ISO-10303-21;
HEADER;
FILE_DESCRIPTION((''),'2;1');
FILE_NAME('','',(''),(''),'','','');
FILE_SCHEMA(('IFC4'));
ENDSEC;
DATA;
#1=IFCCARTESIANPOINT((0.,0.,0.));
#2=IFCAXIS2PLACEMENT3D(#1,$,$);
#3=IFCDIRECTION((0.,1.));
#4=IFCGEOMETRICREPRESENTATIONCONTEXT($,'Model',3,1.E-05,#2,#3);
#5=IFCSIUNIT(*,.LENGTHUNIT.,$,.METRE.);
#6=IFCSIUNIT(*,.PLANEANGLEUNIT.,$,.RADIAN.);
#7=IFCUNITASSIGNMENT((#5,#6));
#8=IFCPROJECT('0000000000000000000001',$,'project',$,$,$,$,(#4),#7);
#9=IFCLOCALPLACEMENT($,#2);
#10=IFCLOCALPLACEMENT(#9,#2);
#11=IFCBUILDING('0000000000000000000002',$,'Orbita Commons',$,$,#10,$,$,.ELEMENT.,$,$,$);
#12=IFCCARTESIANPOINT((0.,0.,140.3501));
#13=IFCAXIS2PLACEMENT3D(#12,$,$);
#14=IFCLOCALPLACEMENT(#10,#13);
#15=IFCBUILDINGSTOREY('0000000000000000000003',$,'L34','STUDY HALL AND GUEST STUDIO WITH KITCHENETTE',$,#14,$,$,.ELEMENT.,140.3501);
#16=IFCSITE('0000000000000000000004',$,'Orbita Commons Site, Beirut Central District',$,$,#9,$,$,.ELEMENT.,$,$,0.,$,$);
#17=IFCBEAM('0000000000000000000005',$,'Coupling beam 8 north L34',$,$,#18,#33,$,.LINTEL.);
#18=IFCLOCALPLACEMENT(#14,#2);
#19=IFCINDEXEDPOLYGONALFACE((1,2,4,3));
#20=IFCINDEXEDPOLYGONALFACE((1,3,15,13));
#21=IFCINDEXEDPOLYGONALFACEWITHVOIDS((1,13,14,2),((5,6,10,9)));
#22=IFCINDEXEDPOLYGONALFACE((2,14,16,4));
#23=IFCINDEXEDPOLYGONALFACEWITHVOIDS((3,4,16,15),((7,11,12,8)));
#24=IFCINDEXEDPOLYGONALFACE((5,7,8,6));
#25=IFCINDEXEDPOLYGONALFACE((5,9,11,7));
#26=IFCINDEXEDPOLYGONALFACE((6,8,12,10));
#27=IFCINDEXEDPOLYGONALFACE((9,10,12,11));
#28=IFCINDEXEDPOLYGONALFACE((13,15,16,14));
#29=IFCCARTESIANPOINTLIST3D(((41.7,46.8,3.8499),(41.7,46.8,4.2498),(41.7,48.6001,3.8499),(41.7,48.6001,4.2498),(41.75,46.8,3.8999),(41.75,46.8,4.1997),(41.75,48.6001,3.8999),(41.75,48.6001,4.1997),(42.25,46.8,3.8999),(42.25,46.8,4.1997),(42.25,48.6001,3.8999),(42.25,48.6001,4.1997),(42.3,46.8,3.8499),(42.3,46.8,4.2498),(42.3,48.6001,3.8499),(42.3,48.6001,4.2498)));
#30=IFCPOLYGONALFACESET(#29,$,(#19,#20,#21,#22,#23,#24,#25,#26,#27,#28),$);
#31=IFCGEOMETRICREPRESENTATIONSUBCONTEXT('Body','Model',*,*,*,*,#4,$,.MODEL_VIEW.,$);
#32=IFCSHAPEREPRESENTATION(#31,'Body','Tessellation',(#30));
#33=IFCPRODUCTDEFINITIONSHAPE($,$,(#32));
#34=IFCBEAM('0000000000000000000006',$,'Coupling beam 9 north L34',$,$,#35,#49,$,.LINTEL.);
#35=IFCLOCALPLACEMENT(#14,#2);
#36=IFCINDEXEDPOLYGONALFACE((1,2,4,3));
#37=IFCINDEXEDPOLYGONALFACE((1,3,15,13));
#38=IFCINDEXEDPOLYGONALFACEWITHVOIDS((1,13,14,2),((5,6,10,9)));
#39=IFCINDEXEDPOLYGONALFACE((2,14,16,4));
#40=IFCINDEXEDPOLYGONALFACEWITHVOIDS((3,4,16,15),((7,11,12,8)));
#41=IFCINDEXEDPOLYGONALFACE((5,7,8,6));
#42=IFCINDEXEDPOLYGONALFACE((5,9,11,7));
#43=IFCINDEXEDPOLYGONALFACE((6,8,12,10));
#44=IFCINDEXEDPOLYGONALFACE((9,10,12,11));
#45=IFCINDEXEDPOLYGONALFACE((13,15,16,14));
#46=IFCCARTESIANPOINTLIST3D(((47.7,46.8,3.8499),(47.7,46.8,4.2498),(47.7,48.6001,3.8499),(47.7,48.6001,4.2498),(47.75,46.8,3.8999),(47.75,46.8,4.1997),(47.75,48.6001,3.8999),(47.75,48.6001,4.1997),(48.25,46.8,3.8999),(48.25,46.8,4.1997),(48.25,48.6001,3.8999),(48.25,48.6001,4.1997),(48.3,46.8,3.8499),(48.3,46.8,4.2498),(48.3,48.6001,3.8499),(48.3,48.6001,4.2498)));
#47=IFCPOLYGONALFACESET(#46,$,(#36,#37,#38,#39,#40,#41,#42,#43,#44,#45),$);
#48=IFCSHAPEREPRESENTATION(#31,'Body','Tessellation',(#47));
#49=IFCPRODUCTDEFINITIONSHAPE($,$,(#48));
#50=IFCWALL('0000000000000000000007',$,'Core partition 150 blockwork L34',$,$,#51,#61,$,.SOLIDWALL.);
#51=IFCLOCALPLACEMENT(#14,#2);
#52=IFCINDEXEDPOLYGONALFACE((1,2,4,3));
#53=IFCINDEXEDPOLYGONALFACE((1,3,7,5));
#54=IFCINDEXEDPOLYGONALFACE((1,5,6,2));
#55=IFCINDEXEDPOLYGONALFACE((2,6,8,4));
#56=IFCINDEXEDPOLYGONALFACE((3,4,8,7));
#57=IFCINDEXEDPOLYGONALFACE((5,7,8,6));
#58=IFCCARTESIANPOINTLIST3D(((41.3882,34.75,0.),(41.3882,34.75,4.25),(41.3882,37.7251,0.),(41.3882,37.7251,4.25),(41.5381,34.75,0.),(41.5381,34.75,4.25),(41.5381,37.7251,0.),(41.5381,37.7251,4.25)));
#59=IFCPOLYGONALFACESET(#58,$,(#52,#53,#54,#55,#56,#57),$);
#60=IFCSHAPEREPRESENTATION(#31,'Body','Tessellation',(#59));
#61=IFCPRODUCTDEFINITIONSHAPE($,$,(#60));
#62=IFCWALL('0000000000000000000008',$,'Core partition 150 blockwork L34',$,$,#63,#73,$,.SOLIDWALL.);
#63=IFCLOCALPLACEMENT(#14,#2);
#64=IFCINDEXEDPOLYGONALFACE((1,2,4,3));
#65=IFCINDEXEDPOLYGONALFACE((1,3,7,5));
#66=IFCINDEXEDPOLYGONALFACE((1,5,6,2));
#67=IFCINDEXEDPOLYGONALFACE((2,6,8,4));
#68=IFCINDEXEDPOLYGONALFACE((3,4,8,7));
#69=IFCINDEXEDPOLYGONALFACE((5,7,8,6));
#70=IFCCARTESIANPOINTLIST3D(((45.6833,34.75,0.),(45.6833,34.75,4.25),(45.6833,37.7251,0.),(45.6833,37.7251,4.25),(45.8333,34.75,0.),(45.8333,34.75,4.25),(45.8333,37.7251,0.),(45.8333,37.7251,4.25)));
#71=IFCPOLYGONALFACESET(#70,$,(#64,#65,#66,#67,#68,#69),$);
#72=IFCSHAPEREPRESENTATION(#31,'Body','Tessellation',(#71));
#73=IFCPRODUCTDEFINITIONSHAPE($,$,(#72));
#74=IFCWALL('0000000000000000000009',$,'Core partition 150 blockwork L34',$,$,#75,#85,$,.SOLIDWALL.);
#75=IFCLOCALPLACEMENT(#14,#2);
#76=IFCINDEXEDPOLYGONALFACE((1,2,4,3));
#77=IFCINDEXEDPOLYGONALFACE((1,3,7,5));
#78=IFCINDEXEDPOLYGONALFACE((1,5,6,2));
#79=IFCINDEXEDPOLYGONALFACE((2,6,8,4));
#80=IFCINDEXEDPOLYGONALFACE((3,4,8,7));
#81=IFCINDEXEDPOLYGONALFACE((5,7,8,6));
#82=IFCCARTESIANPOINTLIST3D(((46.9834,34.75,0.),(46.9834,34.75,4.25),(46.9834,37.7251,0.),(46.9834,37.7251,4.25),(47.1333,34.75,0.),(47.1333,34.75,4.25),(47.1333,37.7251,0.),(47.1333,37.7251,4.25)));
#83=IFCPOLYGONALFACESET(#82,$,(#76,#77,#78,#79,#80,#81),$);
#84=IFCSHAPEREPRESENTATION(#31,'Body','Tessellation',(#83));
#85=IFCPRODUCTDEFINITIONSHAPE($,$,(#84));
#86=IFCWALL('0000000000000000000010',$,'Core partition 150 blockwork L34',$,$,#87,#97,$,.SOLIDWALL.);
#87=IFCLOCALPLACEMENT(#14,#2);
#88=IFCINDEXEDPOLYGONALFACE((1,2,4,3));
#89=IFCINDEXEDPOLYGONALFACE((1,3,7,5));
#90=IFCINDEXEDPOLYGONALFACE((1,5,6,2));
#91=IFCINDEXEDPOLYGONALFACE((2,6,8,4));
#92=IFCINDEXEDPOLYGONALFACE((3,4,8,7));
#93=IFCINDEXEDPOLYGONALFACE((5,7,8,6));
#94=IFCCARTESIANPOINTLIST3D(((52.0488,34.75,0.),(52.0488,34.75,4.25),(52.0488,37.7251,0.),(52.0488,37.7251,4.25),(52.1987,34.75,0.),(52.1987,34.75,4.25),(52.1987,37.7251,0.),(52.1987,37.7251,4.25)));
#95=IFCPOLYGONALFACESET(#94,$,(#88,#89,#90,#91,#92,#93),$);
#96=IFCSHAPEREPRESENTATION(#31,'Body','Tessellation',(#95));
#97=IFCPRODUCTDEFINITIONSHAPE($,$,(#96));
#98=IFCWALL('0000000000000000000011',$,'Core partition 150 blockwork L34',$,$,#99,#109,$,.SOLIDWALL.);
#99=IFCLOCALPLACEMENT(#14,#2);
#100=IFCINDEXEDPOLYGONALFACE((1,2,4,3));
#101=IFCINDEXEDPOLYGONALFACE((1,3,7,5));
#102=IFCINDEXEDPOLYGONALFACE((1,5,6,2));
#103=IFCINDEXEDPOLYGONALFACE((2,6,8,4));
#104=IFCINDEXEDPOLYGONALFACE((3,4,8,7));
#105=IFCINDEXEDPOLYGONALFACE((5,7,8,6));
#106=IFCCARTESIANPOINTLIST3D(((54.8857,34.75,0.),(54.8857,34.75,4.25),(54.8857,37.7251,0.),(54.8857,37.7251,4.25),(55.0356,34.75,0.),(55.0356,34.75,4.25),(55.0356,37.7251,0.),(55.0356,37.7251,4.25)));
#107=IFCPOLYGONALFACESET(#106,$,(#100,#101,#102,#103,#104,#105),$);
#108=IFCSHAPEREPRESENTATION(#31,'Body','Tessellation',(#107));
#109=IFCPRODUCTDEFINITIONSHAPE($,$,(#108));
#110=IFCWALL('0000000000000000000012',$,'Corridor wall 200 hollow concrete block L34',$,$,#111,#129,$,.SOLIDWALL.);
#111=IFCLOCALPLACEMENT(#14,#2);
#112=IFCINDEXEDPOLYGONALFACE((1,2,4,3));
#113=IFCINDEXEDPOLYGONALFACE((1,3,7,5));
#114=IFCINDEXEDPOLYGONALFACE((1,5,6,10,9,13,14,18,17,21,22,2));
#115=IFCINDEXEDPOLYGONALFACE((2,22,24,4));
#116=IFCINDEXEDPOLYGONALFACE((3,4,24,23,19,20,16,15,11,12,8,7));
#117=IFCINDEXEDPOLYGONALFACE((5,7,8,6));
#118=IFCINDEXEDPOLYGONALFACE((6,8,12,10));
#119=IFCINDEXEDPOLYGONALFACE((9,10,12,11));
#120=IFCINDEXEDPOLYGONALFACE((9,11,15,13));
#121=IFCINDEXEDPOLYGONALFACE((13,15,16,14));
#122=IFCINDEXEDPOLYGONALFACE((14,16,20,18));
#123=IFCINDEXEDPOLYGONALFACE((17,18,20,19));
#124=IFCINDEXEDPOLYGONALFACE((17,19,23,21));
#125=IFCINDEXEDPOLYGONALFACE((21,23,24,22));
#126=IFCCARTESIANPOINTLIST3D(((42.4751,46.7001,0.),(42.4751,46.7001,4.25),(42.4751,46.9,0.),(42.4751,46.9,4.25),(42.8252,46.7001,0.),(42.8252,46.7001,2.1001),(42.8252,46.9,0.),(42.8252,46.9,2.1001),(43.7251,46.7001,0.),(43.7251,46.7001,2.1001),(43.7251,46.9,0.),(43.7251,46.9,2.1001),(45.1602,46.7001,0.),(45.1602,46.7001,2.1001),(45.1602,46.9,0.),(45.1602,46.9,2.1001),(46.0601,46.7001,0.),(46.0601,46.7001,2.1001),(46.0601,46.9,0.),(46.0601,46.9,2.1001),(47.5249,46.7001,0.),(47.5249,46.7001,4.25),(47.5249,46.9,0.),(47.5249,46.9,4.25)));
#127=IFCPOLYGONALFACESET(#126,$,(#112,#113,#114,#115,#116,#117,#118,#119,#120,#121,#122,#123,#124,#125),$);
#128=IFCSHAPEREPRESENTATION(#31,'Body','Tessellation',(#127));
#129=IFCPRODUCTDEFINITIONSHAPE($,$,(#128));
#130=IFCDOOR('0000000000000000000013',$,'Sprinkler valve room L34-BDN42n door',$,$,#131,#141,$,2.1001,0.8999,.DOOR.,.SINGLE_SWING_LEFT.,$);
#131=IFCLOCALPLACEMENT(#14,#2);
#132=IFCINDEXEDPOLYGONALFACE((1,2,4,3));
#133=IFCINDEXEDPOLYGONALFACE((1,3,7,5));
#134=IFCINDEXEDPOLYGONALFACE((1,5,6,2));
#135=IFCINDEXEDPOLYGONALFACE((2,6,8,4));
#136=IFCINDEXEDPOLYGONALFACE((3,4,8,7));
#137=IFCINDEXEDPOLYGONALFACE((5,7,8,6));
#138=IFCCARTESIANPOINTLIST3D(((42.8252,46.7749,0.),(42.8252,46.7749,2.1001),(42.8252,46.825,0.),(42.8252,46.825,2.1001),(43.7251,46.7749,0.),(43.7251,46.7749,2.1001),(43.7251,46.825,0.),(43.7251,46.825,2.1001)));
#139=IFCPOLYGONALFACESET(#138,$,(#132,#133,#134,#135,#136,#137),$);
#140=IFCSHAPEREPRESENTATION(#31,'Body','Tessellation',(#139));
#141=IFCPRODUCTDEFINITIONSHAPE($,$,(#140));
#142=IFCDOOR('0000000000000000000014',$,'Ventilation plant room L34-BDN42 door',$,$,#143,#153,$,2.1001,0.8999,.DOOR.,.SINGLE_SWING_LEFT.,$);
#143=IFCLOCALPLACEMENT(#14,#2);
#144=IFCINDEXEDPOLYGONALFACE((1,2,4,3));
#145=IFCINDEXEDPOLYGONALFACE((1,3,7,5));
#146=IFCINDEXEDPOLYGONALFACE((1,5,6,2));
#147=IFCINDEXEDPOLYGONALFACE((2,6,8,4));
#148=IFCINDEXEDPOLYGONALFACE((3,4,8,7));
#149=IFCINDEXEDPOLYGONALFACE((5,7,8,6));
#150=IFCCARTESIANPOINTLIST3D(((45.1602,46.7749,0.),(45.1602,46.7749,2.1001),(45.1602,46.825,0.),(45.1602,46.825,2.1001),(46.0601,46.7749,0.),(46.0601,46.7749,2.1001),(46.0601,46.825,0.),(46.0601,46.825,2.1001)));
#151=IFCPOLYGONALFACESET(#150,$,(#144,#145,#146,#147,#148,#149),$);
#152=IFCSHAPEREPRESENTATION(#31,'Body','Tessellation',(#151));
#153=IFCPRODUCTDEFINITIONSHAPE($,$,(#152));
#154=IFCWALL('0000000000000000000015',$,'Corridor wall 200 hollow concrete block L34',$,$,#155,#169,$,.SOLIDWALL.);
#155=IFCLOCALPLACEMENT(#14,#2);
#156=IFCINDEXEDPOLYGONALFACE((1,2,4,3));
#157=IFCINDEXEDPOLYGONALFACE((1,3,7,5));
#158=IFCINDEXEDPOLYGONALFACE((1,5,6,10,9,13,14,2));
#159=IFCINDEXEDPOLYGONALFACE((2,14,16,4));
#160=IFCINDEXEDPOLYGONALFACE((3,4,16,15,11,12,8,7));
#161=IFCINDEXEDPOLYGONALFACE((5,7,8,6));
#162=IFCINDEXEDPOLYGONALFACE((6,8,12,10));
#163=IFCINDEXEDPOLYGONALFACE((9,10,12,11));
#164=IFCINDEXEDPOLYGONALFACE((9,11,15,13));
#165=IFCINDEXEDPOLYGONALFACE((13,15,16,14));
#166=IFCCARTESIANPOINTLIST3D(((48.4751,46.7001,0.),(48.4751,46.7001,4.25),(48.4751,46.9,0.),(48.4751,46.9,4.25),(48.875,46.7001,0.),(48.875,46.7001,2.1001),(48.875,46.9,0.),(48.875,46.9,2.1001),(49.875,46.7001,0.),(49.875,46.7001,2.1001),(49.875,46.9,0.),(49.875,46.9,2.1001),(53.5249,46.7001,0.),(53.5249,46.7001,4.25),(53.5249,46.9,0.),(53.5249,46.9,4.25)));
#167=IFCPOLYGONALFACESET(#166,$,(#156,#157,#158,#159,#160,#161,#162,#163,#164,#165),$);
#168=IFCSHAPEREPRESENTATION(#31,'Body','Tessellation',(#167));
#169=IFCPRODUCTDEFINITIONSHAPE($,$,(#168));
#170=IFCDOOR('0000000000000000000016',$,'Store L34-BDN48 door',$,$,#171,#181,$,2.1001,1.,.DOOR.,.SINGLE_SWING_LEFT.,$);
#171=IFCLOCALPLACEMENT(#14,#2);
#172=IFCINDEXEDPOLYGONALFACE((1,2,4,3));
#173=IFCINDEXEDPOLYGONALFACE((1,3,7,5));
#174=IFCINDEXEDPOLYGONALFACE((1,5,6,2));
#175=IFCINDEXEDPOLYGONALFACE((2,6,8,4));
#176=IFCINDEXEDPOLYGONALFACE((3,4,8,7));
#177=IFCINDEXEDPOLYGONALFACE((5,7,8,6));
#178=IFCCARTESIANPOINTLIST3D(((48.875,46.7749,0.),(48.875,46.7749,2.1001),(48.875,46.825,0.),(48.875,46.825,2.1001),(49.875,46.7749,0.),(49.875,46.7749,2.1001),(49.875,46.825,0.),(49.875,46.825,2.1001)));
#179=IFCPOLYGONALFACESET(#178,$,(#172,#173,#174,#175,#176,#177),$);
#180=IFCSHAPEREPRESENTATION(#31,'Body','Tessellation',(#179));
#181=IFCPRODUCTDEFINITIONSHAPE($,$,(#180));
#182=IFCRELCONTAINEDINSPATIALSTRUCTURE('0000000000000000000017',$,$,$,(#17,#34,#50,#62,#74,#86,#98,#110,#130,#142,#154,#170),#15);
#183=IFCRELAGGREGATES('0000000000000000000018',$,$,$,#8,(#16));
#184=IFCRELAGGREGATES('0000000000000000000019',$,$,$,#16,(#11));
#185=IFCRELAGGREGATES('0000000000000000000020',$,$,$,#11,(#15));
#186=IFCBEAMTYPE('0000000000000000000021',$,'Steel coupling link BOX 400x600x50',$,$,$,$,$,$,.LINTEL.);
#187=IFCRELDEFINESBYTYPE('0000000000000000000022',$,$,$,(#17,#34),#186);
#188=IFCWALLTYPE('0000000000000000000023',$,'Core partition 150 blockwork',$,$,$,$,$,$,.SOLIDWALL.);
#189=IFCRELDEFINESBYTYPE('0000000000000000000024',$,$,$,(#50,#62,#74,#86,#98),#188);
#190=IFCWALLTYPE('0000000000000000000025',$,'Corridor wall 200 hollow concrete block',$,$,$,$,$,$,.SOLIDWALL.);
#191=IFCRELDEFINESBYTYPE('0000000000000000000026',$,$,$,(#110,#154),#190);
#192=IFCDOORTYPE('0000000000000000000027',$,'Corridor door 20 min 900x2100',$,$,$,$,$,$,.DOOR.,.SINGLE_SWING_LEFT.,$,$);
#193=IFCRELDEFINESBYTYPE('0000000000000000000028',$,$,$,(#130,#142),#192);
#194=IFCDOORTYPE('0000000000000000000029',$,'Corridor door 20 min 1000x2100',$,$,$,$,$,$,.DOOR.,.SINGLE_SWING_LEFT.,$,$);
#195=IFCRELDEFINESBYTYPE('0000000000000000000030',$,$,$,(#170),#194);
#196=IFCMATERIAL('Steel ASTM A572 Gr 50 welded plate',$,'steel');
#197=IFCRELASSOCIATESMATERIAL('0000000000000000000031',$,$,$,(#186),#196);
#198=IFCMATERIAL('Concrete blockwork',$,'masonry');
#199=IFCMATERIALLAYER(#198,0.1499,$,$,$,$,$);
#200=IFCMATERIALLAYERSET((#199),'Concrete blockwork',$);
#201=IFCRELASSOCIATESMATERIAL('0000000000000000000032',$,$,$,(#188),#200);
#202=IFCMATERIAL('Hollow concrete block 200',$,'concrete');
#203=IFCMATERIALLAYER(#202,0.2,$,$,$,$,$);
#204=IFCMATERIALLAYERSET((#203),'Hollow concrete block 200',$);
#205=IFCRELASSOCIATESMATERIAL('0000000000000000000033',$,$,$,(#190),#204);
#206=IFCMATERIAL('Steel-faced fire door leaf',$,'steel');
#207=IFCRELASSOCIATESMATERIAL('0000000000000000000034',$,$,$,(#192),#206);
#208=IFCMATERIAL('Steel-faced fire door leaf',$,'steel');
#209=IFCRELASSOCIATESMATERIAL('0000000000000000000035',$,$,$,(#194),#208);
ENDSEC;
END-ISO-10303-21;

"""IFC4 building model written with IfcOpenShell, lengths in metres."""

from ifc_helpers import new_model, si_unit, direction, frame, frame_2d, origin, origin_2d, place, context, subcontext, project, spatial, rectangle, hollow_rectangle, extrude, material, layer, layer_set, material_profile, profile_set, type_object, element, fill, save


model = new_model("IFC4")

# Units and contexts
model_context = context("Model", 3, precision=1e-05, world=origin(), true_north=direction((0.0, 1.0)))
body_context = subcontext(model_context, "Body", "Model", "MODEL_VIEW")
ifc_project = project(units=[si_unit("LENGTHUNIT", "METRE"), si_unit("PLANEANGLEUNIT", "RADIAN")], contexts=[model_context])

# Site, building, storey
site_placement = place(None, origin())
site = spatial("IfcSite", under=ifc_project, at=site_placement, Name="Orbita Commons Site, Beirut Central District", CompositionType="ELEMENT", RefElevation=0.0)
building_placement = place(site_placement, origin())
building = spatial("IfcBuilding", under=site, at=building_placement, Name="Orbita Commons", CompositionType="ELEMENT")
storey_placement = place(building_placement, frame((0.0, 0.0, 140.3501)))
storey = spatial("IfcBuildingStorey", under=building, at=storey_placement, Name="L34", Description="STUDY HALL AND GUEST STUDIO WITH KITCHENETTE", CompositionType="ELEMENT", Elevation=140.3501)

# Beams
ifc_material_1 = material(Name="Steel ASTM A572 Gr 50 welded plate", Category="steel")
ifc_material_profile = material_profile(ifc_material_1, hollow_rectangle(XDim=0.6001, YDim=0.3999, WallThickness=0.05, at=origin_2d()), Name="BOX 400x600x50")
ifc_profile_set = profile_set([ifc_material_profile], Name="Steel ASTM A572 Gr 50 welded plate")
beam_type = type_object("IfcBeamType", Name="Steel coupling link BOX 400x600x50", PredefinedType="LINTEL", material=ifc_profile_set)
for number, where, z_axis, x_axis, name in (
    (1, (42.0, 46.8, 4.0498), (0.0, 1.0, 0.0), (-1.0, 0.0, 0.0), "Coupling beam 8 north L34"),
    (2, (48.0, 46.8, 4.0498), (0.0, 1.0, 0.0), (-1.0, 0.0, 0.0), "Coupling beam 9 north L34"),
):
    element("IfcBeam", number, at=place(storey_placement, frame(where, z_axis=z_axis, x_axis=x_axis)), inside=storey, type_object=beam_type, Name=name, PredefinedType="LINTEL", context=body_context, shape_type="SweptSolid", body=[
        extrude(hollow_rectangle(XDim=0.6001, YDim=0.3999, WallThickness=0.05, at=origin_2d()), origin(), (0.0, 0.0, 1.0), 1.8),
    ])

# Walls
ifc_material_2 = material(Name="Concrete blockwork", Category="masonry")
ifc_layer_1 = layer(ifc_material_2, 0.1499)
ifc_layer_set_1 = layer_set([ifc_layer_1], Name="Concrete blockwork")
wall_type_1 = type_object("IfcWallType", Name="Core partition 150 blockwork", PredefinedType="SOLIDWALL", material=ifc_layer_set_1)
for number, where, z_axis, x_axis, name in (
    (3, (41.4631, 34.75, 0.0), (0.0, 0.0, 1.0), (0.0, 1.0, 0.0), "Core partition 150 blockwork L34"),
    (4, (45.7583, 34.75, 0.0), (0.0, 0.0, 1.0), (0.0, 1.0, 0.0), "Core partition 150 blockwork L34"),
    (5, (47.0583, 34.75, 0.0), (0.0, 0.0, 1.0), (0.0, 1.0, 0.0), "Core partition 150 blockwork L34"),
    (6, (52.1238, 34.75, 0.0), (0.0, 0.0, 1.0), (0.0, 1.0, 0.0), "Core partition 150 blockwork L34"),
    (7, (54.9607, 34.75, 0.0), (0.0, 0.0, 1.0), (0.0, 1.0, 0.0), "Core partition 150 blockwork L34"),
):
    element("IfcWall", number, at=place(storey_placement, frame(where, z_axis=z_axis, x_axis=x_axis)), inside=storey, type_object=wall_type_1, Name=name, PredefinedType="SOLIDWALL", context=body_context, shape_type="SweptSolid", body=[
        extrude(rectangle(XDim=2.9751, YDim=0.1499, at=frame_2d((1.4875, 0.0))), origin(), (0.0, 0.0, 1.0), 4.25),
    ])

# Wall, openings, doors
ifc_material_3 = material(Name="Hollow concrete block 200", Category="concrete")
ifc_layer_2 = layer(ifc_material_3, 0.2)
ifc_layer_set_2 = layer_set([ifc_layer_2], Name="Hollow concrete block 200")
wall_type_2 = type_object("IfcWallType", Name="Corridor wall 200 hollow concrete block", PredefinedType="SOLIDWALL", material=ifc_layer_set_2)
wall_1_placement = place(storey_placement, frame((42.4751, 46.8, 0.0), z_axis=(0.0, 0.0, 1.0), x_axis=(1.0, 0.0, 0.0)))
wall_1 = element("IfcWall", 8, at=wall_1_placement, inside=storey, type_object=wall_type_2, Name="Corridor wall 200 hollow concrete block L34", PredefinedType="SOLIDWALL", context=body_context, shape_type="SweptSolid", body=[
    extrude(rectangle(XDim=5.0498, YDim=0.2, at=frame_2d((2.5249, 0.0))), origin(), (0.0, 0.0, 1.0), 4.25),
])
opening_1_placement = place(wall_1_placement, frame((0.3501, 0.0, 0.0)))
opening_1 = element("IfcOpeningElement", 9, at=opening_1_placement, cuts=wall_1, PredefinedType="OPENING", context=body_context, shape_type="SweptSolid", body=[
    extrude(rectangle(XDim=0.8999, YDim=2.1001, at=frame_2d((0.45, 1.05))), frame((0.0, 0.1099, 0.0), z_axis=(0.0, -1.0, 0.0), x_axis=(1.0, 0.0, 0.0)), (0.0, 0.0, 1.0), 0.22),
])
opening_2_placement = place(wall_1_placement, frame((2.6851, 0.0, 0.0)))
opening_2 = element("IfcOpeningElement", 10, at=opening_2_placement, cuts=wall_1, PredefinedType="OPENING", context=body_context, shape_type="SweptSolid", body=[
    extrude(rectangle(XDim=0.8999, YDim=2.1001, at=frame_2d((0.45, 1.05))), frame((0.0, 0.1099, 0.0), z_axis=(0.0, -1.0, 0.0), x_axis=(1.0, 0.0, 0.0)), (0.0, 0.0, 1.0), 0.22),
])
ifc_material_4 = material(Name="Steel-faced fire door leaf", Category="steel")
door_type_1 = type_object("IfcDoorType", Name="Corridor door 20 min 900x2100", OperationType="SINGLE_SWING_LEFT", PredefinedType="DOOR", material=ifc_material_4)
door_1_placement = place(opening_1_placement, origin())
door_1 = element("IfcDoor", 11, at=door_1_placement, inside=storey, type_object=door_type_1, Name="Sprinkler valve room L34-BDN42n door", OperationType="SINGLE_SWING_LEFT", OverallHeight=2.1001, OverallWidth=0.8999, PredefinedType="DOOR", context=body_context, shape_type="SweptSolid", body=[
    extrude(rectangle(XDim=0.8999, YDim=2.1001, at=frame_2d((0.45, 1.05))), frame((0.0, 0.0249, 0.0), z_axis=(0.0, -1.0, 0.0), x_axis=(1.0, 0.0, 0.0)), (0.0, 0.0, 1.0), 0.05),
])
fill(opening_1, door_1)
door_2_placement = place(opening_2_placement, origin())
door_2 = element("IfcDoor", 12, at=door_2_placement, inside=storey, type_object=door_type_1, Name="Ventilation plant room L34-BDN42 door", OperationType="SINGLE_SWING_LEFT", OverallHeight=2.1001, OverallWidth=0.8999, PredefinedType="DOOR", context=body_context, shape_type="SweptSolid", body=[
    extrude(rectangle(XDim=0.8999, YDim=2.1001, at=frame_2d((0.45, 1.05))), frame((0.0, 0.0249, 0.0), z_axis=(0.0, -1.0, 0.0), x_axis=(1.0, 0.0, 0.0)), (0.0, 0.0, 1.0), 0.05),
])
fill(opening_2, door_2)

# Wall, opening, door
wall_2_placement = place(storey_placement, frame((48.4751, 46.8, 0.0), z_axis=(0.0, 0.0, 1.0), x_axis=(1.0, 0.0, 0.0)))
wall_2 = element("IfcWall", 13, at=wall_2_placement, inside=storey, type_object=wall_type_2, Name="Corridor wall 200 hollow concrete block L34", PredefinedType="SOLIDWALL", context=body_context, shape_type="SweptSolid", body=[
    extrude(rectangle(XDim=5.0498, YDim=0.2, at=frame_2d((2.5249, 0.0))), origin(), (0.0, 0.0, 1.0), 4.25),
])
opening_3_placement = place(wall_2_placement, frame((0.3999, 0.0, 0.0)))
opening_3 = element("IfcOpeningElement", 14, at=opening_3_placement, cuts=wall_2, PredefinedType="OPENING", context=body_context, shape_type="SweptSolid", body=[
    extrude(rectangle(XDim=1.0, YDim=2.1001, at=frame_2d((0.5, 1.05))), frame((0.0, 0.1099, 0.0), z_axis=(0.0, -1.0, 0.0), x_axis=(1.0, 0.0, 0.0)), (0.0, 0.0, 1.0), 0.22),
])
ifc_material_5 = material(Name="Steel-faced fire door leaf", Category="steel")
door_type_2 = type_object("IfcDoorType", Name="Corridor door 20 min 1000x2100", OperationType="SINGLE_SWING_LEFT", PredefinedType="DOOR", material=ifc_material_5)
door_3_placement = place(opening_3_placement, origin())
door_3 = element("IfcDoor", 15, at=door_3_placement, inside=storey, type_object=door_type_2, Name="Store L34-BDN48 door", OperationType="SINGLE_SWING_LEFT", OverallHeight=2.1001, OverallWidth=1.0, PredefinedType="DOOR", context=body_context, shape_type="SweptSolid", body=[
    extrude(rectangle(XDim=1.0, YDim=2.1001, at=frame_2d((0.5, 1.05))), frame((0.0, 0.0249, 0.0), z_axis=(0.0, -1.0, 0.0), x_axis=(1.0, 0.0, 0.0)), (0.0, 0.0, 1.0), 0.05),
])
fill(opening_3, door_3)

save(model, "model.ifc")
